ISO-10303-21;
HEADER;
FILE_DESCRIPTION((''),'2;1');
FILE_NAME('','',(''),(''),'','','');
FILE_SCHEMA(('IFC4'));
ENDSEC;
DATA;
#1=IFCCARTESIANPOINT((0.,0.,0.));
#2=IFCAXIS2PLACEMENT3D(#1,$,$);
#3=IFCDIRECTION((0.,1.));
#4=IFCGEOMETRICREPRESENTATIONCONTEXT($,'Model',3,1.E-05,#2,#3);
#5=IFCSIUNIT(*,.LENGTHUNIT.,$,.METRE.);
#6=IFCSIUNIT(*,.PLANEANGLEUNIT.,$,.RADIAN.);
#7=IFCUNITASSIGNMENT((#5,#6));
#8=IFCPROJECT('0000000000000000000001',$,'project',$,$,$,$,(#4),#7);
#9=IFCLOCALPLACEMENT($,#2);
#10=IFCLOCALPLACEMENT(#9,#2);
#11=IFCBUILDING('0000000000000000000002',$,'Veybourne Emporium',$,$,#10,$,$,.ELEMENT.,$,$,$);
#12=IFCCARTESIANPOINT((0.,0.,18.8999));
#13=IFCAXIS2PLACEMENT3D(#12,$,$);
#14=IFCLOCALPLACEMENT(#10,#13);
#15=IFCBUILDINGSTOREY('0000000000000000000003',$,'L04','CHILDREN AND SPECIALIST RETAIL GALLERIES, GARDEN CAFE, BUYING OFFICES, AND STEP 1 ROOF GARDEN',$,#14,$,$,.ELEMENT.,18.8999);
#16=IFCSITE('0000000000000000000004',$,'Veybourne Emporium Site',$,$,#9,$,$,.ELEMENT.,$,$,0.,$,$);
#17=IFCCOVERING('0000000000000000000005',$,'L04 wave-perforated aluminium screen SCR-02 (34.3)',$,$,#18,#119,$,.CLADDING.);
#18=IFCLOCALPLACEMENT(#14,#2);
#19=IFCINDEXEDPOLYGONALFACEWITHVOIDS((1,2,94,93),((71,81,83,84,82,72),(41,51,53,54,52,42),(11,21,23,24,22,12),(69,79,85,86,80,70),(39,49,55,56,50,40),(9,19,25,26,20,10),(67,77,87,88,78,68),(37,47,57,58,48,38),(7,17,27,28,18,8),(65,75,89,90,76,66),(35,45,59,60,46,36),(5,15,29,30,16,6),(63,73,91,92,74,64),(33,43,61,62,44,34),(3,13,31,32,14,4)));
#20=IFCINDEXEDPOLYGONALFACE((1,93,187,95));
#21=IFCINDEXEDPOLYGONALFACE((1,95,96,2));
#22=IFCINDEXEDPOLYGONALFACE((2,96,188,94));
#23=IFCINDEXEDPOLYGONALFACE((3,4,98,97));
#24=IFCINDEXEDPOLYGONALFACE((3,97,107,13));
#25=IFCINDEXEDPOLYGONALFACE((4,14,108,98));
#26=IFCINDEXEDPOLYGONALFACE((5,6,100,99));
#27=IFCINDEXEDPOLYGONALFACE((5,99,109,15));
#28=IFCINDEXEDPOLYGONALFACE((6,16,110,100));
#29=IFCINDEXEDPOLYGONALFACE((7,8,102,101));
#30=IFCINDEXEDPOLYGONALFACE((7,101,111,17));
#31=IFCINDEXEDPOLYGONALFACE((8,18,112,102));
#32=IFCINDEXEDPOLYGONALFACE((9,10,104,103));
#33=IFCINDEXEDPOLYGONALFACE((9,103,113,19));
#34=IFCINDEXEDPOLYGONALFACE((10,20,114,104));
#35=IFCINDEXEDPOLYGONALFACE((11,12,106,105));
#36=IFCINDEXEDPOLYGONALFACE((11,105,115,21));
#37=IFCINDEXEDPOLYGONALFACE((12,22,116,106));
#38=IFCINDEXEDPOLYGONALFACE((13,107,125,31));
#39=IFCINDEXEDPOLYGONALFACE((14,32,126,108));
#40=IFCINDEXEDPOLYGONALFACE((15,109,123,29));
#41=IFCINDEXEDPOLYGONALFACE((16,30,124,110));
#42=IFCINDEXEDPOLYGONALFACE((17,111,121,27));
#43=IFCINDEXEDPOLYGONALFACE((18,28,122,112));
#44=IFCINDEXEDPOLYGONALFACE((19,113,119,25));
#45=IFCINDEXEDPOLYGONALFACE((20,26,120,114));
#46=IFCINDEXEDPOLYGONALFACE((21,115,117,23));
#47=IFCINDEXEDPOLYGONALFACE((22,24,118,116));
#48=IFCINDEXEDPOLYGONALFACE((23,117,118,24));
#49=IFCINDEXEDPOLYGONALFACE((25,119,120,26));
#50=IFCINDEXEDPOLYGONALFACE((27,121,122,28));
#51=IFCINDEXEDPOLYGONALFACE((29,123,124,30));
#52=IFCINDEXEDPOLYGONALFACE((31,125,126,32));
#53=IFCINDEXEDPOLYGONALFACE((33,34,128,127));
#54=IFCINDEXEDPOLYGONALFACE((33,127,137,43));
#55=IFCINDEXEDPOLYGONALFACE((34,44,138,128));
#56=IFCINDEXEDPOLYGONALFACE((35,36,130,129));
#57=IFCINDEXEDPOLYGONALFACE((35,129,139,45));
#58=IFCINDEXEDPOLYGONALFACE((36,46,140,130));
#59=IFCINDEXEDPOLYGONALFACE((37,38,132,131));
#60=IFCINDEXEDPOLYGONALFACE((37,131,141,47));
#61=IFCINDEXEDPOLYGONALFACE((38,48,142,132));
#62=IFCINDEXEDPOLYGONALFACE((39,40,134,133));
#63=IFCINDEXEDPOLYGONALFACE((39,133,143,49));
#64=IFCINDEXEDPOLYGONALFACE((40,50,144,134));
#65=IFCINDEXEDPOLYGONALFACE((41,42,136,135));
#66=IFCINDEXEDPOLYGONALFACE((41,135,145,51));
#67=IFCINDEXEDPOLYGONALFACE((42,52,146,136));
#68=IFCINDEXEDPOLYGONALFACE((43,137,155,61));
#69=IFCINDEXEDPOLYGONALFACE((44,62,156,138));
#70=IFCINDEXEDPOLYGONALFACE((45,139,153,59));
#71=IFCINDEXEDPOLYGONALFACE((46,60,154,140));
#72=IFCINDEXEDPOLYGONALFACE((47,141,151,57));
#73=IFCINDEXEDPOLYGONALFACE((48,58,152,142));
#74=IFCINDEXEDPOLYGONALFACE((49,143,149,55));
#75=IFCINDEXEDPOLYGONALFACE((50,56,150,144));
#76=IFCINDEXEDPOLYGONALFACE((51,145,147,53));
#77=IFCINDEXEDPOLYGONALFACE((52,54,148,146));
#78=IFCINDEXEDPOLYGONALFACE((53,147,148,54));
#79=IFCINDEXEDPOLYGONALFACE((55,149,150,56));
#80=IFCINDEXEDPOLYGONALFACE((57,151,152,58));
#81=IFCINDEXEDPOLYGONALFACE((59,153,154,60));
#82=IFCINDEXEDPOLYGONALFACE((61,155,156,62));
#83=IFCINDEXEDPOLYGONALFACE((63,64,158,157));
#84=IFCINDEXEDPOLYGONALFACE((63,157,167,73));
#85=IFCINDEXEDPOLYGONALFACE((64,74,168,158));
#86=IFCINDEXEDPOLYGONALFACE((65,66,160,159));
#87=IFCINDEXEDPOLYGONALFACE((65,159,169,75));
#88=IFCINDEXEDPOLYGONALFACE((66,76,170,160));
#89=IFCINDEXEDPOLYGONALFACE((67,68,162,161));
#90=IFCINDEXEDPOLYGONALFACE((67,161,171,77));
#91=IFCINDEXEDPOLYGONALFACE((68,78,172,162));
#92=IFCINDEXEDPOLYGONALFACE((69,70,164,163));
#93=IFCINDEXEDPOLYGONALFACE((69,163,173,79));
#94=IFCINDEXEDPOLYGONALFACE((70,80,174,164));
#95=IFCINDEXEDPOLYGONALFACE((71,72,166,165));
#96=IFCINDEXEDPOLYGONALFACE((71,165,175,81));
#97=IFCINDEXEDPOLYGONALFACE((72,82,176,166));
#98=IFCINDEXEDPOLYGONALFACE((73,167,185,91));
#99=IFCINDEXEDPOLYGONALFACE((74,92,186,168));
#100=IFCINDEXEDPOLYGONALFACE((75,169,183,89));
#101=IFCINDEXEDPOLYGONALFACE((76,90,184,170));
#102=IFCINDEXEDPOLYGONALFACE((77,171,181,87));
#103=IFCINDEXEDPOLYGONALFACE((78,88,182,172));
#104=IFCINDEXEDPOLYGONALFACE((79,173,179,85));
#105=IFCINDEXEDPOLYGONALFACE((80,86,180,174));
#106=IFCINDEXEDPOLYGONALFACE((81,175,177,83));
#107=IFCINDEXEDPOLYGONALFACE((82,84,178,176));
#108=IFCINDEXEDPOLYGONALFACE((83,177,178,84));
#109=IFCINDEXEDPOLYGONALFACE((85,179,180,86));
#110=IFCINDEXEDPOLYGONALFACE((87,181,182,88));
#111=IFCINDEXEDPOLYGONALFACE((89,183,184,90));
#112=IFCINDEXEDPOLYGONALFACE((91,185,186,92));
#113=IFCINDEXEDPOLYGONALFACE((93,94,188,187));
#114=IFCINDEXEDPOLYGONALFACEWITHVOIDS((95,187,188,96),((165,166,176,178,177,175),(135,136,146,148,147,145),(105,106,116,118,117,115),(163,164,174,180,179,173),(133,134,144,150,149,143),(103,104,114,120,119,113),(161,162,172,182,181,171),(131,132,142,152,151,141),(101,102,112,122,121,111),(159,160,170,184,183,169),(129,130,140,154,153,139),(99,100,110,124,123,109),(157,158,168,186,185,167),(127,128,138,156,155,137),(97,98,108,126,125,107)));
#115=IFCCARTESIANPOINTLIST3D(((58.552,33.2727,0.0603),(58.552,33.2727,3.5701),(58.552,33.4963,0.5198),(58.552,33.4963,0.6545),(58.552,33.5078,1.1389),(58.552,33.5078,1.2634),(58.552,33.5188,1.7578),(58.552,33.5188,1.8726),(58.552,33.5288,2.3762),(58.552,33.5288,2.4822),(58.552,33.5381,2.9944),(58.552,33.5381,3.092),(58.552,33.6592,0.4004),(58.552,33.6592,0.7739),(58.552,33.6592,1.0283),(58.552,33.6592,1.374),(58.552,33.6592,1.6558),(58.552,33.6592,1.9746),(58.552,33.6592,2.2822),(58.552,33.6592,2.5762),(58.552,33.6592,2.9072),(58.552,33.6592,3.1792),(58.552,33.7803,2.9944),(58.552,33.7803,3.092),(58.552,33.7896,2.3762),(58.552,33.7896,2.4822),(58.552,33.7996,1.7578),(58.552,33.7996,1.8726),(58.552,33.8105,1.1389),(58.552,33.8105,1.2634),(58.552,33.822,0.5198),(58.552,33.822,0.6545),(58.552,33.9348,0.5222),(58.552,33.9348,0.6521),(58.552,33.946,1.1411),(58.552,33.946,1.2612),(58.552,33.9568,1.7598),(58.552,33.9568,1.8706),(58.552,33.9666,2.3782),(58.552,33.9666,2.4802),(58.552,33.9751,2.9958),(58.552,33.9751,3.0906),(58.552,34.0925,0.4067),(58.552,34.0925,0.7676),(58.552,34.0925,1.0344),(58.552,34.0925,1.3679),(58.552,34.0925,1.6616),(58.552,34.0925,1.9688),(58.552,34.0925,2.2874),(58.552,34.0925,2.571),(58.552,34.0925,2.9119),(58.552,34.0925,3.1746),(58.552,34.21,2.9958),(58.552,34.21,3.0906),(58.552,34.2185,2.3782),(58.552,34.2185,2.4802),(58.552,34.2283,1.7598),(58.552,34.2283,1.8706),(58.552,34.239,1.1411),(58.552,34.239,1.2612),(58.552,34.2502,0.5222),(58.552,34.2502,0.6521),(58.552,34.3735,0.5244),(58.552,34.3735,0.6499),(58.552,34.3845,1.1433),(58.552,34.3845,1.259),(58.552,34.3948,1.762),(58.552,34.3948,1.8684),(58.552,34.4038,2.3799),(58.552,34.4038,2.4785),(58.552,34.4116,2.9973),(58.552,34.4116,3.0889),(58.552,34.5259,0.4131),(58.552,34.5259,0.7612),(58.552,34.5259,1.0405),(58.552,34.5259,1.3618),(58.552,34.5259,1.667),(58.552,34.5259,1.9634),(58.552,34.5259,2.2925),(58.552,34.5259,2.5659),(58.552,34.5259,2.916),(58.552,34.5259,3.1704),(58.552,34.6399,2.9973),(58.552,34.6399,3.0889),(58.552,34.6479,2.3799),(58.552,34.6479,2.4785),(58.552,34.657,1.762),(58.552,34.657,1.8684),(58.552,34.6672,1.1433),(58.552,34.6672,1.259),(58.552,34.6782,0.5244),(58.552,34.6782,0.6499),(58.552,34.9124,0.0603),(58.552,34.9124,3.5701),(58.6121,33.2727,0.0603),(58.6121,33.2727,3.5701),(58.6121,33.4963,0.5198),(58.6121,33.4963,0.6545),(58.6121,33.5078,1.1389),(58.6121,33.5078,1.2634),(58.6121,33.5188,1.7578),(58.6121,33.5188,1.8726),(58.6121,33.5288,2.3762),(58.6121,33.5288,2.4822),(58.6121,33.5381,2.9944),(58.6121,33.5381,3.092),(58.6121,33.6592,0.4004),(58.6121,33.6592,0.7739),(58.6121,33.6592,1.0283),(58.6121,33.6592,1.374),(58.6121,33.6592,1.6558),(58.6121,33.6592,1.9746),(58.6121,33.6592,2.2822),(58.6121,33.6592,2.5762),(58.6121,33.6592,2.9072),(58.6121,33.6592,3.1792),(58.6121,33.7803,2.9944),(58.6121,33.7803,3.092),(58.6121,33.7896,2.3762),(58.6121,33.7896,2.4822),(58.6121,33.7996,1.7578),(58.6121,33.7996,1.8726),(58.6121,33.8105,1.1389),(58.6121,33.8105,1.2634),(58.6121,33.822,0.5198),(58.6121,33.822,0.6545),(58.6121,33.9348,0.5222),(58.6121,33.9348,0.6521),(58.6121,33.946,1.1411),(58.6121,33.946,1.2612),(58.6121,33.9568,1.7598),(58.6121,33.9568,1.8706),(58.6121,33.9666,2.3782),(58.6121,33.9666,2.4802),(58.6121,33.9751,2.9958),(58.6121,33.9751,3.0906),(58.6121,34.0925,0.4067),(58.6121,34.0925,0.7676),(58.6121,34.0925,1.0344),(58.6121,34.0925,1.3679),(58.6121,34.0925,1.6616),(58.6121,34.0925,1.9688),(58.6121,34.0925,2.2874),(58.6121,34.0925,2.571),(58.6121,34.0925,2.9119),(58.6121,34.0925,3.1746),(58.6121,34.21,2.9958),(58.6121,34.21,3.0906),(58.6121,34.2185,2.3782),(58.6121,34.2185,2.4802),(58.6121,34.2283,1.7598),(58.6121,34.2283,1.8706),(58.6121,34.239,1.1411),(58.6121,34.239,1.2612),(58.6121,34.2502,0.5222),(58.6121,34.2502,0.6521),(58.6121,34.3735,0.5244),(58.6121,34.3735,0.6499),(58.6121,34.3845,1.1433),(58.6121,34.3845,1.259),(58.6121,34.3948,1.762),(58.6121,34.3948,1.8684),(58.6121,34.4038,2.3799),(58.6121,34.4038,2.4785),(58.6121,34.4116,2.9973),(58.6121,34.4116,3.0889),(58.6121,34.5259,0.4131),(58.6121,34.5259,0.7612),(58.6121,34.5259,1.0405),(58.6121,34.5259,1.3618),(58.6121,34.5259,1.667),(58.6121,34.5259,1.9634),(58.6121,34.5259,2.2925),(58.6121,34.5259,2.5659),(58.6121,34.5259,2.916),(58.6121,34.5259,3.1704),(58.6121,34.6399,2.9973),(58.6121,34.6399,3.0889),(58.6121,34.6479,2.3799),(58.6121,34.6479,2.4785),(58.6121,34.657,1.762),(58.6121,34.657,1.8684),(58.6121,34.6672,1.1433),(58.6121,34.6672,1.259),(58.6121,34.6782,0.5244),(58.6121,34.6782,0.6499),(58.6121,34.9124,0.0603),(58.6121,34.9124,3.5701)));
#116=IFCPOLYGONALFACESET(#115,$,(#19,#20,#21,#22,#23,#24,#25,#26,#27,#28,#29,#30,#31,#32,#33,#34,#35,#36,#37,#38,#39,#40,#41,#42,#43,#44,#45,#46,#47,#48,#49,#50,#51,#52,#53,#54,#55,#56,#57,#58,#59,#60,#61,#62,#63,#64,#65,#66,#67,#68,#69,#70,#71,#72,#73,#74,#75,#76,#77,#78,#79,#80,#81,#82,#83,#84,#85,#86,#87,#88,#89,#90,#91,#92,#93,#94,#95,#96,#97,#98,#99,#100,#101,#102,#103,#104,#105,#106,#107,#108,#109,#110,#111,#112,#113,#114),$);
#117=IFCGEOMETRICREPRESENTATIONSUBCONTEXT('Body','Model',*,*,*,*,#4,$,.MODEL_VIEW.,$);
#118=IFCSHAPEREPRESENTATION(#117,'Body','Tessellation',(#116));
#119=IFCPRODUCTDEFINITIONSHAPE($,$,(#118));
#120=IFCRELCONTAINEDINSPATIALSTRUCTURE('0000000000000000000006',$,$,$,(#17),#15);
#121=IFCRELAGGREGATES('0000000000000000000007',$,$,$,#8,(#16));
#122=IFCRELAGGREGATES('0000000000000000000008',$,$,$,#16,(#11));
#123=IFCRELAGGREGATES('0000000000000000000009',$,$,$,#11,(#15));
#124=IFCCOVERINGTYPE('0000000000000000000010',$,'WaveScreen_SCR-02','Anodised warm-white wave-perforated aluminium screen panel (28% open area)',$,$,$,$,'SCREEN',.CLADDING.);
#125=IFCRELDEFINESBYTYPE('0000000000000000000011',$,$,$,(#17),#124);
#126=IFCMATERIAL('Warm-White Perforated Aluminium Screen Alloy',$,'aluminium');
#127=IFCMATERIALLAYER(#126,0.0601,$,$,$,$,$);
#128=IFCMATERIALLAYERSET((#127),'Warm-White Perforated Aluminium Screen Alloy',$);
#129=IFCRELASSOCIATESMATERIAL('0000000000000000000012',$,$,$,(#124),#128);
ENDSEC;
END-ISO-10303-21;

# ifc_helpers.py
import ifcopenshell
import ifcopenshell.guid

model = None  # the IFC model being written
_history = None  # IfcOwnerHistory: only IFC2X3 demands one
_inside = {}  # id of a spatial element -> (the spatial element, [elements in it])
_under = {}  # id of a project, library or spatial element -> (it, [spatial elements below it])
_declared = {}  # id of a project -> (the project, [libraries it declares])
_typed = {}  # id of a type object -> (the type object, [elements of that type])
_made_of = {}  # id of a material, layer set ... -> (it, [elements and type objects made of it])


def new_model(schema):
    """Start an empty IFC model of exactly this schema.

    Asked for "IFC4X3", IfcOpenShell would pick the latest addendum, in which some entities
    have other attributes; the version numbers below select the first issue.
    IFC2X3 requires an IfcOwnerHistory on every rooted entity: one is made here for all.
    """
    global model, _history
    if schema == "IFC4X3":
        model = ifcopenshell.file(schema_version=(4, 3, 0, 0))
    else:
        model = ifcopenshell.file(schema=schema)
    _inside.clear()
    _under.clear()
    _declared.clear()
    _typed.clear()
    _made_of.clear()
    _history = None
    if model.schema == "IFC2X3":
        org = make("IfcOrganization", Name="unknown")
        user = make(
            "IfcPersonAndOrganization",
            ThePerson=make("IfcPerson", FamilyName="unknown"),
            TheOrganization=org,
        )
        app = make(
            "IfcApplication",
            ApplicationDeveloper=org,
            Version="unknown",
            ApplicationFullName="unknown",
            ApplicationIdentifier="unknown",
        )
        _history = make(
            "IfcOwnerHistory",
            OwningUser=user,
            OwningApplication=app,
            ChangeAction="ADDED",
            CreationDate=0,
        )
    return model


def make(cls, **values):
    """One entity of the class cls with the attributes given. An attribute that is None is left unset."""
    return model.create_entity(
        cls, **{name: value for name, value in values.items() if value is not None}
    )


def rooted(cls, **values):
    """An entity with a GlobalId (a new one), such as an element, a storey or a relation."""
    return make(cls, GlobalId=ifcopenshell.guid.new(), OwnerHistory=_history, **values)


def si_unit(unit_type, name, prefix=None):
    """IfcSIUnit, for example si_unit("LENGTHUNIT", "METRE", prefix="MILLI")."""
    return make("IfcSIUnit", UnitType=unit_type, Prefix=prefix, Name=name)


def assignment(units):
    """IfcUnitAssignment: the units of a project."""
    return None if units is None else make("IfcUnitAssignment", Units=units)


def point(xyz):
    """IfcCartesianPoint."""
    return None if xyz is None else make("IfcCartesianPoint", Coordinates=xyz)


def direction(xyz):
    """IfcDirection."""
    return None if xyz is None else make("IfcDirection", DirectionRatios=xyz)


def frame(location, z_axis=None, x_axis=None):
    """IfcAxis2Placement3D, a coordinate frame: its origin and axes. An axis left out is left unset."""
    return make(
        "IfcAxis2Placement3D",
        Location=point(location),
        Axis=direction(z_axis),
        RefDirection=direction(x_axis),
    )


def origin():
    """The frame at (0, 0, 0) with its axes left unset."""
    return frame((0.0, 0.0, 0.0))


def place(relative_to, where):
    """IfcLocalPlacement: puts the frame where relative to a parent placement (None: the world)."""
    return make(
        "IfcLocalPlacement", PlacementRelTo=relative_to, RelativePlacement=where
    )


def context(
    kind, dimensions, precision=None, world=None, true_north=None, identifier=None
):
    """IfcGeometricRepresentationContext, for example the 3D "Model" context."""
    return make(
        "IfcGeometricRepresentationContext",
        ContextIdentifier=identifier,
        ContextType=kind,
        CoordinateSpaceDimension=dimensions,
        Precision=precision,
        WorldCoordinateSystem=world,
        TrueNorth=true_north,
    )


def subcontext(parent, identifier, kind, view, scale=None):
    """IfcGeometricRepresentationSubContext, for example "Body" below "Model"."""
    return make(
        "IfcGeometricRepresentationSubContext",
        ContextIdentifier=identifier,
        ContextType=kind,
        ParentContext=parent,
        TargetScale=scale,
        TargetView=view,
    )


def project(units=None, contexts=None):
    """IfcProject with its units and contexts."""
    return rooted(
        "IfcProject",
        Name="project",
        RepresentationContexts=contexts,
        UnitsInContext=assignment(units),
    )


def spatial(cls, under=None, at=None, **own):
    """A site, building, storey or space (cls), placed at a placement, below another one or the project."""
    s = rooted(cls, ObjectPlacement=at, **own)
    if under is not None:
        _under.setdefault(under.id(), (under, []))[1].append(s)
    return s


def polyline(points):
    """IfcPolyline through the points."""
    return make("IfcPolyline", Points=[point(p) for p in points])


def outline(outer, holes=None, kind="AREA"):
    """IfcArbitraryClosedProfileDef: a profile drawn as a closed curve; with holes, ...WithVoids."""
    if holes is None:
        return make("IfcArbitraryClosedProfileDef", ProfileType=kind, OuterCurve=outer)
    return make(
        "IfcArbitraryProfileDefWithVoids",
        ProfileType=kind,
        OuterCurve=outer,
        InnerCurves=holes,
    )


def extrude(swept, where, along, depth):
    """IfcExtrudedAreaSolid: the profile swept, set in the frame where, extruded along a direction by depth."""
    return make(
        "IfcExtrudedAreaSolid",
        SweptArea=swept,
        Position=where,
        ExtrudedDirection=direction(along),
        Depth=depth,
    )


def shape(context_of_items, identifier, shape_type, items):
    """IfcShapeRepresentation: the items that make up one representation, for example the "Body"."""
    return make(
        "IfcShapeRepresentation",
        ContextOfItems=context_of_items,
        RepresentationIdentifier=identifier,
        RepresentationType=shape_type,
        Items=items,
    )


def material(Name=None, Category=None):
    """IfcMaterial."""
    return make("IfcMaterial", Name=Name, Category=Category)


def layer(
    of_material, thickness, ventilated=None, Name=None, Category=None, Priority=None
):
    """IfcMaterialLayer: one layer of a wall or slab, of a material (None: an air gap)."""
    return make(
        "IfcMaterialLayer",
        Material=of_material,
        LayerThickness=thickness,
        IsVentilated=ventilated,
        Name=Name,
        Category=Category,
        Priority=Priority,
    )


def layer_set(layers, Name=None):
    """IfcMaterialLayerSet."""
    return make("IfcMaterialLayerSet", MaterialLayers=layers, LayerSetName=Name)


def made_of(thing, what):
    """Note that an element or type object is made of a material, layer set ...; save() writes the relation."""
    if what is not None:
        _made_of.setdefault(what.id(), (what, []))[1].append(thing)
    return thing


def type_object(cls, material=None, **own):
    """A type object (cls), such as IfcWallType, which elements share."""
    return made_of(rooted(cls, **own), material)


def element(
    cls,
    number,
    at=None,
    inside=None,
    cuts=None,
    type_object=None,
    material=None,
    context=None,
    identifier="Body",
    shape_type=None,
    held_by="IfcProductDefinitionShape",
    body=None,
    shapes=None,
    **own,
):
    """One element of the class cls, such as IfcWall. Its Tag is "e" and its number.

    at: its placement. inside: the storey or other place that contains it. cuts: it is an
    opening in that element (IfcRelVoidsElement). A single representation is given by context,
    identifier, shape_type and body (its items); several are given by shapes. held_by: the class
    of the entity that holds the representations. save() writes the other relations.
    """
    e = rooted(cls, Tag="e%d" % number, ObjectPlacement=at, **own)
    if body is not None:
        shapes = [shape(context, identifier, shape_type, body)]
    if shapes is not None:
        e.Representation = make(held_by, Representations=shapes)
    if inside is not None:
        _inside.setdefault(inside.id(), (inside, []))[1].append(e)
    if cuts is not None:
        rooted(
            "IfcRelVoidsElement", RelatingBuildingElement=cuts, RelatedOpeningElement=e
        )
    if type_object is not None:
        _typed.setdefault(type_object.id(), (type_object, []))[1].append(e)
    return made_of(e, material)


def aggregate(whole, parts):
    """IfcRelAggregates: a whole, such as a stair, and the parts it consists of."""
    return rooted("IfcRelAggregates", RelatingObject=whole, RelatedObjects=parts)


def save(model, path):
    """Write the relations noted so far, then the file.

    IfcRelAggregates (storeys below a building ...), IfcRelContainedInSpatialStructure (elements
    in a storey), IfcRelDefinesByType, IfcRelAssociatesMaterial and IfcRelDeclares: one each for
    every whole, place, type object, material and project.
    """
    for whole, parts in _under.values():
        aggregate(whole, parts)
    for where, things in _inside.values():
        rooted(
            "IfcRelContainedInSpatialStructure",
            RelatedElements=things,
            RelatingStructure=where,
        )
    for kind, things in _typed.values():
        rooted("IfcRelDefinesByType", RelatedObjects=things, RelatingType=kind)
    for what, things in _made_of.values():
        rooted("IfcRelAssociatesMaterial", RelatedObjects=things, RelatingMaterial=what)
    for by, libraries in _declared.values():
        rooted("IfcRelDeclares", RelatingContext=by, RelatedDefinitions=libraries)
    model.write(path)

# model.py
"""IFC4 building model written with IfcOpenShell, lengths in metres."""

from ifc_helpers import new_model, si_unit, direction, frame, origin, place, context, subcontext, project, spatial, polyline, outline, extrude, material, layer, layer_set, type_object, element, save


model = new_model("IFC4")

# Units and contexts
model_context = context("Model", 3, precision=1e-05, world=origin(), true_north=direction((0.0, 1.0)))
body_context = subcontext(model_context, "Body", "Model", "MODEL_VIEW")
ifc_project = project(units=[si_unit("LENGTHUNIT", "METRE"), si_unit("PLANEANGLEUNIT", "RADIAN")], contexts=[model_context])

# Site, building, storey
site_placement = place(None, origin())
site = spatial("IfcSite", under=ifc_project, at=site_placement, Name="Veybourne Emporium Site", CompositionType="ELEMENT", RefElevation=0.0)
building_placement = place(site_placement, origin())
building = spatial("IfcBuilding", under=site, at=building_placement, Name="Veybourne Emporium", CompositionType="ELEMENT")
storey_placement = place(building_placement, frame((0.0, 0.0, 18.8999)))
storey = spatial("IfcBuildingStorey", under=building, at=storey_placement, Name="L04", Description="CHILDREN AND SPECIALIST RETAIL GALLERIES, GARDEN CAFE, BUYING OFFICES, AND STEP 1 ROOF GARDEN", CompositionType="ELEMENT", Elevation=18.8999)

# Covering
ifc_material_1 = material(Name="Warm-White Perforated Aluminium Screen Alloy", Category="aluminium")
ifc_layer_1 = layer(ifc_material_1, 0.0601)
ifc_layer_set_1 = layer_set([ifc_layer_1], Name="Warm-White Perforated Aluminium Screen Alloy")
covering_type_1 = type_object("IfcCoveringType", Name="WaveScreen_SCR-02", Description="Anodised warm-white wave-perforated aluminium screen panel (28% open area)", ElementType="SCREEN", PredefinedType="CLADDING", material=ifc_layer_set_1)
covering_1_placement = place(storey_placement, frame((58.552, 34.0925, 1.8152), z_axis=(1.0, 0.0, 0.0), x_axis=(0.0, 1.0, 0.0)))
element("IfcCovering", 1, at=covering_1_placement, inside=storey, type_object=covering_type_1, Name="L04 wave-perforated aluminium screen SCR-02 (34.3)", PredefinedType="CLADDING", context=body_context, shape_type="SweptSolid", body=[
    extrude(outline(polyline([(-0.8198, -1.7549), (0.8198, -1.7549), (0.8198, 1.7549), (-0.8198, 1.7549), (-0.8198, -1.7549)]), holes=[polyline([(-0.4333, -1.0413), (-0.2705, -1.1606), (-0.2705, -1.2954), (-0.4333, -1.4148), (-0.5962, -1.2954), (-0.5962, -1.1606), (-0.4333, -1.0413)]), polyline([(-0.4333, -0.4412), (-0.282, -0.5518), (-0.282, -0.6763), (-0.4333, -0.7869), (-0.5847, -0.6763), (-0.5847, -0.5518), (-0.4333, -0.4412)]), polyline([(-0.4333, 0.1594), (-0.293, 0.0574), (-0.293, -0.0574), (-0.4333, -0.1594), (-0.5737, -0.0574), (-0.5737, 0.0574), (-0.4333, 0.1594)]), polyline([(-0.4333, 0.761), (-0.303, 0.667), (-0.303, 0.561), (-0.4333, 0.467), (-0.5637, 0.561), (-0.5637, 0.667), (-0.4333, 0.761)]), polyline([(-0.4333, 1.364), (-0.3123, 1.2769), (-0.3123, 1.1792), (-0.4333, 1.092), (-0.5544, 1.1792), (-0.5544, 1.2769), (-0.4333, 1.364)]), polyline([(0.0, -1.0476), (0.1577, -1.1631), (0.1577, -1.293), (0.0, -1.4084), (-0.1577, -1.293), (-0.1577, -1.1631), (0.0, -1.0476)]), polyline([(0.0, -0.4473), (0.1465, -0.554), (0.1465, -0.6741), (0.0, -0.7808), (-0.1465, -0.6741), (-0.1465, -0.554), (0.0, -0.4473)]), polyline([(0.0, 0.1536), (0.1357, 0.0554), (0.1357, -0.0554), (0.0, -0.1536), (-0.1357, -0.0554), (-0.1357, 0.0554), (0.0, 0.1536)]), polyline([(0.0, 0.7559), (0.126, 0.665), (0.126, 0.563), (0.0, 0.4722), (-0.126, 0.563), (-0.126, 0.665), (0.0, 0.7559)]), polyline([(0.0, 1.3594), (0.1174, 1.2754), (0.1174, 1.1807), (0.0, 1.0967), (-0.1174, 1.1807), (-0.1174, 1.2754), (0.0, 1.3594)]), polyline([(0.4333, -1.054), (0.5857, -1.1653), (0.5857, -1.2908), (0.4333, -1.4021), (0.281, -1.2908), (0.281, -1.1653), (0.4333, -1.054)]), polyline([(0.4333, -0.4534), (0.5747, -0.5562), (0.5747, -0.6719), (0.4333, -0.7747), (0.292, -0.6719), (0.292, -0.5562), (0.4333, -0.4534)]), polyline([(0.4333, 0.1482), (0.5645, 0.0532), (0.5645, -0.0532), (0.4333, -0.1482), (0.3022, -0.0532), (0.3022, 0.0532), (0.4333, 0.1482)]), polyline([(0.4333, 0.7507), (0.5554, 0.6633), (0.5554, 0.5647), (0.4333, 0.4773), (0.3113, 0.5647), (0.3113, 0.6633), (0.4333, 0.7507)]), polyline([(0.4333, 1.3552), (0.5474, 1.2737), (0.5474, 1.1821), (0.4333, 1.1008), (0.3191, 1.1821), (0.3191, 1.2737), (0.4333, 1.3552)])]), origin(), (0.0, 0.0, 1.0), 0.0601),
])

save(model, "model.ifc")
